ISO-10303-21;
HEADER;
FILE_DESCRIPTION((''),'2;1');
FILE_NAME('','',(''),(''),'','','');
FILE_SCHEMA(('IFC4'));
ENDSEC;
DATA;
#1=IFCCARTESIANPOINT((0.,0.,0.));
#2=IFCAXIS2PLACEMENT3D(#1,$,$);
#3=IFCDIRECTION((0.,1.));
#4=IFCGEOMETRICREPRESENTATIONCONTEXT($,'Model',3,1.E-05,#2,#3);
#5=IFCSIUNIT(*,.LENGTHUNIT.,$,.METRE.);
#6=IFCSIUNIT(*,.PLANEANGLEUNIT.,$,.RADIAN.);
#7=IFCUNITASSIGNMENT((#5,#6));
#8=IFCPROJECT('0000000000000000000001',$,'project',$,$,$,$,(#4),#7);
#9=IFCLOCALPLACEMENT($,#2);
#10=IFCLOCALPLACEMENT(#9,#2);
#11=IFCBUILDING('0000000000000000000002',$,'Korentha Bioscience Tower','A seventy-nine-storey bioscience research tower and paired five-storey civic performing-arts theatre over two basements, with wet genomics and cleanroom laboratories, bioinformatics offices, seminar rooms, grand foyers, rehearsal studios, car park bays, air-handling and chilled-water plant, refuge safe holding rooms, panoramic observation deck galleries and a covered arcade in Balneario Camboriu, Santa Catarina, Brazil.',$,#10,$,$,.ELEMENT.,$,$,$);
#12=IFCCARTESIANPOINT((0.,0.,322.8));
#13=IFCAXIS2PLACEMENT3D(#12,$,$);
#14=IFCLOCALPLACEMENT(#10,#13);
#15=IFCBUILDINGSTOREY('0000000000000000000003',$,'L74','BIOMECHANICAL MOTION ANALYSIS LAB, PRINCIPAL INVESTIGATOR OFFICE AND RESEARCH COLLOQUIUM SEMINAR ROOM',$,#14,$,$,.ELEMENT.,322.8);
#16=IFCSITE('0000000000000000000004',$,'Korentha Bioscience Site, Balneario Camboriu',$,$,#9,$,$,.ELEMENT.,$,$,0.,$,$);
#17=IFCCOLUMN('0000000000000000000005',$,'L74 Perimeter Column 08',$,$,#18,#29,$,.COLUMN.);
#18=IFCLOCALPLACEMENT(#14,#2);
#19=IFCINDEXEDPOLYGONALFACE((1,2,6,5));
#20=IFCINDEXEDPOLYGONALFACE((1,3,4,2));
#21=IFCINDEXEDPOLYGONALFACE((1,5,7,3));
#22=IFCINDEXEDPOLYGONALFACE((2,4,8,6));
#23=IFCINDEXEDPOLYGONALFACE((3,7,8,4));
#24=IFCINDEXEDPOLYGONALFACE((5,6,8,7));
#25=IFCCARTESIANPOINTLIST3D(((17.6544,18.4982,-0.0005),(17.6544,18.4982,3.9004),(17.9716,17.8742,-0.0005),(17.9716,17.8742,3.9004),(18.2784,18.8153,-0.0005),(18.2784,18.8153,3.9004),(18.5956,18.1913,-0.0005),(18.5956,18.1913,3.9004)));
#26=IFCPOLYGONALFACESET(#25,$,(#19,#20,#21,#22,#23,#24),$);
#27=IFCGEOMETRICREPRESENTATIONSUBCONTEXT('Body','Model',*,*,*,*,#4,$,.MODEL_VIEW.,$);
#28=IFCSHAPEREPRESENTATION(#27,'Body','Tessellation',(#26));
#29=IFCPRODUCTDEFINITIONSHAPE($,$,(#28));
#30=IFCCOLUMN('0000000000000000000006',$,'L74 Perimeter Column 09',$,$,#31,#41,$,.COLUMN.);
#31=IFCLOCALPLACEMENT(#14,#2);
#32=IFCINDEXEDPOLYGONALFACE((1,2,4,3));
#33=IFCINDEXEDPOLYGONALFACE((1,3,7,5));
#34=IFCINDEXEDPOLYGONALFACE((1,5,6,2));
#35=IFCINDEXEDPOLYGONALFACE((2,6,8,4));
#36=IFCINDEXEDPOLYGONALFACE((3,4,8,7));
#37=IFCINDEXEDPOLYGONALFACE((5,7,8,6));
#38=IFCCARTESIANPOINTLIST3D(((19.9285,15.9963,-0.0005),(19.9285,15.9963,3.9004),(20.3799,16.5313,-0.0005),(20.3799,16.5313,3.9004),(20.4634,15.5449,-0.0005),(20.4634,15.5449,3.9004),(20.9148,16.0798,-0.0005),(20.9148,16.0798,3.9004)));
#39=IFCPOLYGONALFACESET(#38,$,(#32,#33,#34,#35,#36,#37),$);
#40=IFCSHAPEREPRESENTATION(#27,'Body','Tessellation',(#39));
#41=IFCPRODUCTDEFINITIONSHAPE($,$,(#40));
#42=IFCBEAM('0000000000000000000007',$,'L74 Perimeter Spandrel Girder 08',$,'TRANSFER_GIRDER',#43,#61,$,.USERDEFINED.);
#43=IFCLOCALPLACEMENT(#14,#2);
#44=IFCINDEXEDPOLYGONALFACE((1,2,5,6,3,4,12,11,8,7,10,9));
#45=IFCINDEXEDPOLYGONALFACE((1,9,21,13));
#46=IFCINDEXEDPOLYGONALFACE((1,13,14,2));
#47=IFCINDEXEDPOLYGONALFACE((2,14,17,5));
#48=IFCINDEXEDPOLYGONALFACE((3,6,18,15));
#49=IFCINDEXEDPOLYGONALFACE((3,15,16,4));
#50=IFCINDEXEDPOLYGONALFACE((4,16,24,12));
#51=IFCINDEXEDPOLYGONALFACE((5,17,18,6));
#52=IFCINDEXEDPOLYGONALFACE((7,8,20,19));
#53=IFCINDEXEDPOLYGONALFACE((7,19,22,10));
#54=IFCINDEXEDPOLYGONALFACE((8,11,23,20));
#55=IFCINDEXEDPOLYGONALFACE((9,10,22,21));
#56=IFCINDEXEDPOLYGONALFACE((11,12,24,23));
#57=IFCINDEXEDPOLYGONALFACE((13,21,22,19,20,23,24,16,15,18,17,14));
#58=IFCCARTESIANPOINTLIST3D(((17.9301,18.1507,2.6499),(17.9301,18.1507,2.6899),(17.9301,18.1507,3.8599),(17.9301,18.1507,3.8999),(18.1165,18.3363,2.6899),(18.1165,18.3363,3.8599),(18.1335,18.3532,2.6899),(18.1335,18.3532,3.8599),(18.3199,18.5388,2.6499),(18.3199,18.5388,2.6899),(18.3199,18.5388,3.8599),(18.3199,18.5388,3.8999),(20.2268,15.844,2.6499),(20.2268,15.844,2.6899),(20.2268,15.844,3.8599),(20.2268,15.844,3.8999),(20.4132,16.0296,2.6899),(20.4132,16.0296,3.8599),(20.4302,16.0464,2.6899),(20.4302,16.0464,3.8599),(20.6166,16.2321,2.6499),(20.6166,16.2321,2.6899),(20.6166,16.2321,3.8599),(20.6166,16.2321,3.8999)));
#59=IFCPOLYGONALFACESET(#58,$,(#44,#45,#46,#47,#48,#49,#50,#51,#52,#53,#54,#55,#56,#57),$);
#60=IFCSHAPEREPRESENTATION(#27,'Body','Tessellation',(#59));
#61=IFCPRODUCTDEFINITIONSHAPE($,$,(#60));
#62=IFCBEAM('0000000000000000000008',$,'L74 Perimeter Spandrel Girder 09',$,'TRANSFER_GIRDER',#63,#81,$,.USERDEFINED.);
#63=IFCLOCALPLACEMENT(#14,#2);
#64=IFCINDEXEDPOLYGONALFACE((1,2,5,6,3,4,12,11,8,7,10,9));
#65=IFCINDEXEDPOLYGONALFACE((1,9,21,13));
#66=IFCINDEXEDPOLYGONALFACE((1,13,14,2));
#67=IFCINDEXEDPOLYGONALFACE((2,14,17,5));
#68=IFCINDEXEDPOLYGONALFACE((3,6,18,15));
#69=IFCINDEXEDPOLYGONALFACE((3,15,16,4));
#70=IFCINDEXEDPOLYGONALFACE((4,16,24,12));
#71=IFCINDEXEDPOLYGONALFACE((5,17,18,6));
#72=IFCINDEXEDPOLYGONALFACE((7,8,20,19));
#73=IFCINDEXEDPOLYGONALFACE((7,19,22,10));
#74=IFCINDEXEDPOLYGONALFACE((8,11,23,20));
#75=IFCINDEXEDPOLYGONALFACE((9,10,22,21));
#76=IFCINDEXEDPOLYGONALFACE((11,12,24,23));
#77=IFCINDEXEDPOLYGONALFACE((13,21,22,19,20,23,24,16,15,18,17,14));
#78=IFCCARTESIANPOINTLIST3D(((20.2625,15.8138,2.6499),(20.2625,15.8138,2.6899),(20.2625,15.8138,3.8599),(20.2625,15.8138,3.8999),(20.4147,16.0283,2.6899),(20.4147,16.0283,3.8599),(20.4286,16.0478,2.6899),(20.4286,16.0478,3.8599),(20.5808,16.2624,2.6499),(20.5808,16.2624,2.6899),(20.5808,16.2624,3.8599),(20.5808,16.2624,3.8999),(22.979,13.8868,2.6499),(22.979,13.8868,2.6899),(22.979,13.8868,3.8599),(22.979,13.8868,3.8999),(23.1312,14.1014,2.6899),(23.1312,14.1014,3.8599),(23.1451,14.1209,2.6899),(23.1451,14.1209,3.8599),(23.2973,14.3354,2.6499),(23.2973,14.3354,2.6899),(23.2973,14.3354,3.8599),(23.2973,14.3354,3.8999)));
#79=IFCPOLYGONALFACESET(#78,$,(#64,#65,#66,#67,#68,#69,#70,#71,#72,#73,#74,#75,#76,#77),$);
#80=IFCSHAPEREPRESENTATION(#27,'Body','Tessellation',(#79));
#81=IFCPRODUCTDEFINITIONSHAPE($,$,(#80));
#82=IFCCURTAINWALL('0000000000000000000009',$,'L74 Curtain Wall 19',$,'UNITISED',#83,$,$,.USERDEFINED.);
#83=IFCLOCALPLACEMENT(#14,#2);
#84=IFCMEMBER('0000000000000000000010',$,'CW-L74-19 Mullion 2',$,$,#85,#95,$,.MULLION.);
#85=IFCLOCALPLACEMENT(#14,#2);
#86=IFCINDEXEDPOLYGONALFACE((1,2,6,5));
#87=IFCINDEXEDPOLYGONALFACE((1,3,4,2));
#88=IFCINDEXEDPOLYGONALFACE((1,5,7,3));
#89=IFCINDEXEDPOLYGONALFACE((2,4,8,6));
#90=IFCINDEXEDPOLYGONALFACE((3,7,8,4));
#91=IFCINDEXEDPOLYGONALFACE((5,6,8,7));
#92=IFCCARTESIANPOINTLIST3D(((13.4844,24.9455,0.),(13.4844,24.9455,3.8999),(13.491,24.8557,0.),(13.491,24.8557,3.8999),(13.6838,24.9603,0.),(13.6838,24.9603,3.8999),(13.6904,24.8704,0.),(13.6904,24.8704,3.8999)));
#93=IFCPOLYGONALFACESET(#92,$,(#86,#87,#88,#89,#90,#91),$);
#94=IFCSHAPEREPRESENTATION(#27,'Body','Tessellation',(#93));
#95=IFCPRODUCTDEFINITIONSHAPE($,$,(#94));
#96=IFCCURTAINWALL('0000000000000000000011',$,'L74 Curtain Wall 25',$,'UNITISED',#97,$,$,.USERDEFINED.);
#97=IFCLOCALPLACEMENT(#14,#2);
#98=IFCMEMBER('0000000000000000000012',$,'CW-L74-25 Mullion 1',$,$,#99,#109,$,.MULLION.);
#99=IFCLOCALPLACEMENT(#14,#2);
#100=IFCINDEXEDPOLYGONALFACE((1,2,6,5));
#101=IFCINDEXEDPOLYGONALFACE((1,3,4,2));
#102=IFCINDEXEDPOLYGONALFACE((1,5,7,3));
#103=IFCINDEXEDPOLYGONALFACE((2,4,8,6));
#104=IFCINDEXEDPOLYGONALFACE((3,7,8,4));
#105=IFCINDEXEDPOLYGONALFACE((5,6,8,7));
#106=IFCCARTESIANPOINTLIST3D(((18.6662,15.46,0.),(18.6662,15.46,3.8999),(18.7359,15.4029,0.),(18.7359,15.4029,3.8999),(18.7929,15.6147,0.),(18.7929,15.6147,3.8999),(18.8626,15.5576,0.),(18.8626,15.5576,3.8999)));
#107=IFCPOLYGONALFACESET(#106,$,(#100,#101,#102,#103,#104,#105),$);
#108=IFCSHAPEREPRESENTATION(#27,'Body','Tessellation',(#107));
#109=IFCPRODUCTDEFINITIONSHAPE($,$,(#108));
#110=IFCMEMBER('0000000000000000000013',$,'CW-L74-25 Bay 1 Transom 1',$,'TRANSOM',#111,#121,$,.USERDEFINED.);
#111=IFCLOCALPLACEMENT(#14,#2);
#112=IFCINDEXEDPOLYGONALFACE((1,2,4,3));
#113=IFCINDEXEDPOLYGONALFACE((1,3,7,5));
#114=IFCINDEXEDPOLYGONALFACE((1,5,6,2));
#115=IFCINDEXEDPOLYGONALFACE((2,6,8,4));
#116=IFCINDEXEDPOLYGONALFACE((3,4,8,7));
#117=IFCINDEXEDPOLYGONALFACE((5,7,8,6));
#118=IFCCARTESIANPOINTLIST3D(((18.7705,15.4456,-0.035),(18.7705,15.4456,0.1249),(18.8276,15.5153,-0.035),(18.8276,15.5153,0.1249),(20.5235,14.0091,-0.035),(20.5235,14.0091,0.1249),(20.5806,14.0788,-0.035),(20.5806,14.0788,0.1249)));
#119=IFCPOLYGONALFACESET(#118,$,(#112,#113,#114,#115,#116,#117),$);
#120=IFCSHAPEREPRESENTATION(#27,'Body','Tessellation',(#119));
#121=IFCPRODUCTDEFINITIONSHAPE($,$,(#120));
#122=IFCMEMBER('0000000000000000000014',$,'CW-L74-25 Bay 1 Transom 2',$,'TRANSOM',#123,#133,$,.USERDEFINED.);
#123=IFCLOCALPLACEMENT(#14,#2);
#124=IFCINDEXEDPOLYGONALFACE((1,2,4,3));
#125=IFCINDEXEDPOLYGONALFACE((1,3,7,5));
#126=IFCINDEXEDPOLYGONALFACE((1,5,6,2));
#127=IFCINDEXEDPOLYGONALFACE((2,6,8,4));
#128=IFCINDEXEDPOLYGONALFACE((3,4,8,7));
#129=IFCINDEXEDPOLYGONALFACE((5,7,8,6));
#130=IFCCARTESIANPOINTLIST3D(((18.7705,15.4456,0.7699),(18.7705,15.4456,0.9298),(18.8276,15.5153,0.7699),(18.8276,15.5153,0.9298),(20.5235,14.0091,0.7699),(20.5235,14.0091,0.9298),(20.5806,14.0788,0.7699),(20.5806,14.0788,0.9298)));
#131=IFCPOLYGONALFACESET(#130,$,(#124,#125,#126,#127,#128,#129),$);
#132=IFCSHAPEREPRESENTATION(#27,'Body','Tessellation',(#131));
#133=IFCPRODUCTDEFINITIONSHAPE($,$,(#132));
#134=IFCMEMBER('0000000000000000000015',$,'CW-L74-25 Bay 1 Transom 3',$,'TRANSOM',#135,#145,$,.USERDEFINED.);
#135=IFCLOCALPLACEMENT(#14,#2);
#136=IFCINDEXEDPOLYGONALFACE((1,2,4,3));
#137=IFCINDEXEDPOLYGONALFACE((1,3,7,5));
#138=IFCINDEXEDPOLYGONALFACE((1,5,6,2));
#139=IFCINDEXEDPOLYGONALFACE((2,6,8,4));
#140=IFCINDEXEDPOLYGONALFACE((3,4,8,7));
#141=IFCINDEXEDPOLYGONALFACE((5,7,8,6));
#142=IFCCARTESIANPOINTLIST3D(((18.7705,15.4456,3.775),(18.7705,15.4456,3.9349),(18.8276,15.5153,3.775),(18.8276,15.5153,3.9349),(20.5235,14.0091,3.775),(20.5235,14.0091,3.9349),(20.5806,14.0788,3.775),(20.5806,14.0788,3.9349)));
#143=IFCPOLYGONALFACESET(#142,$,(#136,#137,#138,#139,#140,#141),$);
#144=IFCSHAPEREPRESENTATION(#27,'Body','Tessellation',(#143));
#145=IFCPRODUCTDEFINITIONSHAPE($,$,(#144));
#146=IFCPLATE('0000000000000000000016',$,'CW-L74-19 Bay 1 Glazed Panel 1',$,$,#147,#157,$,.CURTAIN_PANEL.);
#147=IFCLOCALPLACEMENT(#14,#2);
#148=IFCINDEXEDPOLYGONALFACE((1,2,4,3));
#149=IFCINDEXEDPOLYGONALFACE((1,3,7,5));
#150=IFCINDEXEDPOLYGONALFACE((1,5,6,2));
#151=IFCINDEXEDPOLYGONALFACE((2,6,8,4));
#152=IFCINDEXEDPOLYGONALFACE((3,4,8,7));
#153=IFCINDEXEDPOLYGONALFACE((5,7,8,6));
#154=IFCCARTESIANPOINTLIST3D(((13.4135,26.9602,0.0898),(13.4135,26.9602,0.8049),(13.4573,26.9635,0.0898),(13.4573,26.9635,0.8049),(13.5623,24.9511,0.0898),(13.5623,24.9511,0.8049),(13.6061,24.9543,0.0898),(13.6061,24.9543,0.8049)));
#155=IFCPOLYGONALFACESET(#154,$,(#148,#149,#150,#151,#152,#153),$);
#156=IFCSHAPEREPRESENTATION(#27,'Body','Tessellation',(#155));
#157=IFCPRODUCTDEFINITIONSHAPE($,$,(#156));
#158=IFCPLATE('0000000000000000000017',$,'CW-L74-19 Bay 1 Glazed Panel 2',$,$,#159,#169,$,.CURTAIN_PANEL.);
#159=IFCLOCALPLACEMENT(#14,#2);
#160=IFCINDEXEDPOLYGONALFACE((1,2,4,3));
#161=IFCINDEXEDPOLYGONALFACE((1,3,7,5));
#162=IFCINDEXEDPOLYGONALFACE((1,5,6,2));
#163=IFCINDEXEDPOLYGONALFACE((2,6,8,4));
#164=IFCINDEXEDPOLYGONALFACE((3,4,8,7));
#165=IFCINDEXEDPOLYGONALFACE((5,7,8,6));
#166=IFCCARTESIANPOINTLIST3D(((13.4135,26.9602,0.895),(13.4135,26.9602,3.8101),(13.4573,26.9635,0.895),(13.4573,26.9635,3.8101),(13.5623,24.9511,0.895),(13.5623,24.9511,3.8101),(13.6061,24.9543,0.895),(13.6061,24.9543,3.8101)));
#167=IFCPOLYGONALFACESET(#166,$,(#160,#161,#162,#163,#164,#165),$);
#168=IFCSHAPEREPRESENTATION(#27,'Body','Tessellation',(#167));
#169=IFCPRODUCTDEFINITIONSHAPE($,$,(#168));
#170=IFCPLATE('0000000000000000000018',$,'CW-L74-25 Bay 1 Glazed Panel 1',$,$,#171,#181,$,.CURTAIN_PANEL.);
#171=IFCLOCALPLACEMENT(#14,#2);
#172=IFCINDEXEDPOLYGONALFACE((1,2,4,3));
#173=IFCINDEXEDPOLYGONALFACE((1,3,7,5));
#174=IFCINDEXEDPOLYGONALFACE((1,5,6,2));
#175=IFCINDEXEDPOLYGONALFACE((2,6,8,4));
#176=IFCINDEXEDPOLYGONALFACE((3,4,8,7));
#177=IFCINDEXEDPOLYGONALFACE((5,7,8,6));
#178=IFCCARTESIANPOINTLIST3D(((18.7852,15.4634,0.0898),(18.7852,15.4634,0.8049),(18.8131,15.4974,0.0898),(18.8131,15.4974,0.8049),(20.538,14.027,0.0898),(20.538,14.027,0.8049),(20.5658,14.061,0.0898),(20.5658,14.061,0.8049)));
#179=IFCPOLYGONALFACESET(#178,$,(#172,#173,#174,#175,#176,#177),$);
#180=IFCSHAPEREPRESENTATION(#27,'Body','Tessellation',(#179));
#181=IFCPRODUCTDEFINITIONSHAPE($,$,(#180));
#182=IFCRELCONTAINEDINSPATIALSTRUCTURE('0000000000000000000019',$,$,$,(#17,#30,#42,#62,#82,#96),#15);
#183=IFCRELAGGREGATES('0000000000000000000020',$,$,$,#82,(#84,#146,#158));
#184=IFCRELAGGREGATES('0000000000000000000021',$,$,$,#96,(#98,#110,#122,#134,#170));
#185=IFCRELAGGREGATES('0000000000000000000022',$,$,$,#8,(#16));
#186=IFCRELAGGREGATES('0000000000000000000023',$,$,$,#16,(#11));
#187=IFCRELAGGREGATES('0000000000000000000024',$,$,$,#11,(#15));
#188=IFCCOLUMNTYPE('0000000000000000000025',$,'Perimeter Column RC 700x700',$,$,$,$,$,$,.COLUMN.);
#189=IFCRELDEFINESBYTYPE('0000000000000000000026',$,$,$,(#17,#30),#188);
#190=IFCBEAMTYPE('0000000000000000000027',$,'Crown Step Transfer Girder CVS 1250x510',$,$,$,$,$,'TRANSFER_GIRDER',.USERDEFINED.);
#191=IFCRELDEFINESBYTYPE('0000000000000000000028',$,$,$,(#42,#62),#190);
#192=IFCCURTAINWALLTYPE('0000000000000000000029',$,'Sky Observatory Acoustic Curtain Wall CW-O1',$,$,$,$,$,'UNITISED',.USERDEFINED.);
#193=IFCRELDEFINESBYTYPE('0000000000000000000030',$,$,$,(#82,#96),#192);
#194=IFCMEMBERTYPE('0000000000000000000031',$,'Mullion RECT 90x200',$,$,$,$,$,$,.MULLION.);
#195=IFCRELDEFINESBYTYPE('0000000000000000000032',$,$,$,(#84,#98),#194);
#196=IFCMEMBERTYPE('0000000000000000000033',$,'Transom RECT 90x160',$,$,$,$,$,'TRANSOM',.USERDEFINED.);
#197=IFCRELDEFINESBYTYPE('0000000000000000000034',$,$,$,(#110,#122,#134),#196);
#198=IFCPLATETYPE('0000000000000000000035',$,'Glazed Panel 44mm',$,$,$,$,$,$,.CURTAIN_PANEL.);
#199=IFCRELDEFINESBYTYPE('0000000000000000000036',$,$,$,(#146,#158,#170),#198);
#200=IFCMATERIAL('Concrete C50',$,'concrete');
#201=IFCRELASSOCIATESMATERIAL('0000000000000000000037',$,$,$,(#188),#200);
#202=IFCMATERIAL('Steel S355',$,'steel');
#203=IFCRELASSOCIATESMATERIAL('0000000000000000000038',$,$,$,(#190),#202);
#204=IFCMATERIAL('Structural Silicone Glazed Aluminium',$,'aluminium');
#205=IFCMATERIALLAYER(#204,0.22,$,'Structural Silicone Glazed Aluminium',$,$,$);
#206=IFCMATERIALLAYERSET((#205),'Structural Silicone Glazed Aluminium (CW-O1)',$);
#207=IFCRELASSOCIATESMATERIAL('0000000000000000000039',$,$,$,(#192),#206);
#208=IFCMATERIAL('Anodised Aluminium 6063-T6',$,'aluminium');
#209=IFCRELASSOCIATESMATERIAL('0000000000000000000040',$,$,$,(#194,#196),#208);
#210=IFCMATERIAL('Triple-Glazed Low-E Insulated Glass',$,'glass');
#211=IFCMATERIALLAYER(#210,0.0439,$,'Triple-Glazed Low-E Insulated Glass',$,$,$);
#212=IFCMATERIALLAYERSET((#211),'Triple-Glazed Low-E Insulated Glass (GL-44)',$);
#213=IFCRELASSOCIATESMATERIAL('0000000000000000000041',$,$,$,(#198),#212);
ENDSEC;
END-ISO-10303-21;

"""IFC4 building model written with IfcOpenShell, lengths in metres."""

from ifc_helpers import new_model, si_unit, direction, frame, origin, origin_2d, place, context, subcontext, project, spatial, rectangle, i_section, extrude, material, layer, layer_set, material_profile, profile_set, type_object, element, aggregate, save


model = new_model("IFC4")

# Units and contexts
model_context = context("Model", 3, precision=1e-05, world=origin(), true_north=direction((0.0, 1.0)))
body_context = subcontext(model_context, "Body", "Model", "MODEL_VIEW")
ifc_project = project(units=[si_unit("LENGTHUNIT", "METRE"), si_unit("PLANEANGLEUNIT", "RADIAN")], contexts=[model_context])

# Site, building, storey
site_placement = place(None, origin())
site = spatial("IfcSite", under=ifc_project, at=site_placement, Name="Korentha Bioscience Site, Balneario Camboriu", CompositionType="ELEMENT", RefElevation=0.0)
building_placement = place(site_placement, origin())
building = spatial("IfcBuilding", under=site, at=building_placement, Name="Korentha Bioscience Tower", Description="A seventy-nine-storey bioscience research tower and paired five-storey civic performing-arts theatre over two basements, with wet genomics and cleanroom laboratories, bioinformatics offices, seminar rooms, grand foyers, rehearsal studios, car park bays, air-handling and chilled-water plant, refuge safe holding rooms, panoramic observation deck galleries and a covered arcade in Balneario Camboriu, Santa Catarina, Brazil.", CompositionType="ELEMENT")
storey_placement = place(building_placement, frame((0.0, 0.0, 322.8)))
storey = spatial("IfcBuildingStorey", under=building, at=storey_placement, Name="L74", Description="BIOMECHANICAL MOTION ANALYSIS LAB, PRINCIPAL INVESTIGATOR OFFICE AND RESEARCH COLLOQUIUM SEMINAR ROOM", CompositionType="ELEMENT", Elevation=322.8)

# Columns
ifc_material_1 = material(Name="Concrete C50", Category="concrete")
ifc_material_profile_1 = material_profile(ifc_material_1, rectangle(XDim=0.7, YDim=0.7, at=origin_2d()), Name="Concrete C50")
ifc_profile_set_1 = profile_set([ifc_material_profile_1], Name="Concrete C50 (COL-P07)")
column_type = type_object("IfcColumnType", Name="Perimeter Column RC 700x700", PredefinedType="COLUMN", material=ifc_profile_set_1)
for number, where, z_axis, x_axis, name in (
    (1, (18.125, 18.3447, -0.0005), (0.0, 0.0, 1.0), (-0.453057, 0.891481, 0.0), "L74 Perimeter Column 08"),
    (2, (20.4216, 16.0381, -0.0005), (0.0, 0.0, 1.0), (-0.764246, 0.644924, 0.0), "L74 Perimeter Column 09"),
):
    element("IfcColumn", number, at=place(storey_placement, frame(where, z_axis=z_axis, x_axis=x_axis)), inside=storey, type_object=column_type, Name=name, PredefinedType="COLUMN", context=body_context, shape_type="SweptSolid", body=[
        extrude(rectangle(XDim=0.7, YDim=0.7, at=origin_2d()), origin(), (0.0, 0.0, 1.0), 3.9009),
    ])

# Beams
ifc_material_2 = material(Name="Steel S355", Category="steel")
ifc_material_profile_2 = material_profile(ifc_material_2, i_section(OverallWidth=0.55, OverallDepth=1.25, WebThickness=0.0239, FlangeThickness=0.04, at=origin_2d()), Name="Steel S355")
ifc_profile_set_2 = profile_set([ifc_material_profile_2], Name="Steel S355 (TG-03)")
beam_type = type_object("IfcBeamType", Name="Crown Step Transfer Girder CVS 1250x510", ElementType="TRANSFER_GIRDER", PredefinedType="USERDEFINED", material=ifc_profile_set_2)
beam_1_placement = place(storey_placement, frame((18.125, 18.3447, 3.2749), z_axis=(0.705568, -0.708643, 0.0), x_axis=(0.708643, 0.705568, 0.0)))
element("IfcBeam", 3, at=beam_1_placement, inside=storey, type_object=beam_type, Name="L74 Perimeter Spandrel Girder 08", ObjectType="TRANSFER_GIRDER", PredefinedType="USERDEFINED", context=body_context, shape_type="SweptSolid", body=[
    extrude(i_section(OverallWidth=0.55, OverallDepth=1.25, WebThickness=0.0239, FlangeThickness=0.04, at=origin_2d()), origin(), (0.0, 0.0, 1.0), 3.2551),
])
beam_2_placement = place(storey_placement, frame((20.4216, 16.0381, 3.2749), z_axis=(0.815631, -0.578572, 0.0), x_axis=(0.578572, 0.815631, 0.0)))
element("IfcBeam", 4, at=beam_2_placement, inside=storey, type_object=beam_type, Name="L74 Perimeter Spandrel Girder 09", ObjectType="TRANSFER_GIRDER", PredefinedType="USERDEFINED", context=body_context, shape_type="SweptSolid", body=[
    extrude(i_section(OverallWidth=0.55, OverallDepth=1.25, WebThickness=0.0239, FlangeThickness=0.04, at=origin_2d()), origin(), (0.0, 0.0, 1.0), 3.3306),
])

# Curtain wall, member
ifc_material_3 = material(Name="Structural Silicone Glazed Aluminium", Category="aluminium")
ifc_layer_1 = layer(ifc_material_3, 0.22, Name="Structural Silicone Glazed Aluminium")
ifc_layer_set_1 = layer_set([ifc_layer_1], Name="Structural Silicone Glazed Aluminium (CW-O1)")
curtain_wall_type = type_object("IfcCurtainWallType", Name="Sky Observatory Acoustic Curtain Wall CW-O1", ElementType="UNITISED", PredefinedType="USERDEFINED", material=ifc_layer_set_1)
curtain_wall_1_placement = place(storey_placement, origin())
curtain_wall_1 = element("IfcCurtainWall", 5, at=curtain_wall_1_placement, inside=storey, type_object=curtain_wall_type, Name="L74 Curtain Wall 19", ObjectType="UNITISED", PredefinedType="USERDEFINED")
ifc_material_4 = material(Name="Anodised Aluminium 6063-T6", Category="aluminium")
ifc_material_profile_3 = material_profile(ifc_material_4, rectangle(XDim=0.0901, YDim=0.2, at=origin_2d()), Name="Anodised Aluminium 6063-T6")
ifc_profile_set_3 = profile_set([ifc_material_profile_3], Name="Anodised Aluminium 6063-T6 (CW-MUL)")
member_type_1 = type_object("IfcMemberType", Name="Mullion RECT 90x200", PredefinedType="MULLION", material=ifc_profile_set_3)
member_1_placement = place(storey_placement, frame((13.5874, 24.908, 0.0), z_axis=(0.0, 0.0, 1.0), x_axis=(0.07386, -0.997269, 0.0)))
member_1 = element("IfcMember", 6, at=member_1_placement, type_object=member_type_1, Name="CW-L74-19 Mullion 2", PredefinedType="MULLION", context=body_context, shape_type="SweptSolid", body=[
    extrude(rectangle(XDim=0.0901, YDim=0.2, at=origin_2d()), origin(), (0.0, 0.0, 1.0), 3.8999),
])

# Curtain wall, members
curtain_wall_2_placement = place(storey_placement, origin())
curtain_wall_2 = element("IfcCurtainWall", 7, at=curtain_wall_2_placement, inside=storey, type_object=curtain_wall_type, Name="L74 Curtain Wall 25", ObjectType="UNITISED", PredefinedType="USERDEFINED")
member_2_placement = place(storey_placement, frame((18.7644, 15.5088, 0.0), z_axis=(0.0, 0.0, 1.0), x_axis=(0.773456, -0.63385, 0.0)))
member_2 = element("IfcMember", 8, at=member_2_placement, type_object=member_type_1, Name="CW-L74-25 Mullion 1", PredefinedType="MULLION", context=body_context, shape_type="SweptSolid", body=[
    extrude(rectangle(XDim=0.0901, YDim=0.2, at=origin_2d()), origin(), (0.0, 0.0, 1.0), 3.8999),
])
ifc_material_profile_4 = material_profile(ifc_material_4, rectangle(XDim=0.0901, YDim=0.1599, at=origin_2d()), Name="Anodised Aluminium 6063-T6")
ifc_profile_set_4 = profile_set([ifc_material_profile_4], Name="Anodised Aluminium 6063-T6 (CW-TRN)")
member_type_2 = type_object("IfcMemberType", Name="Transom RECT 90x160", ElementType="TRANSOM", PredefinedType="USERDEFINED", material=ifc_profile_set_4)
member_3_placement = place(storey_placement, frame((18.7991, 15.4805, 0.0449), z_axis=(0.773458, -0.633848, 0.0), x_axis=(0.633848, 0.773458, 0.0)))
member_3 = element("IfcMember", 9, at=member_3_placement, type_object=member_type_2, Name="CW-L74-25 Bay 1 Transom 1", ObjectType="TRANSOM", PredefinedType="USERDEFINED", context=body_context, shape_type="SweptSolid", body=[
    extrude(rectangle(XDim=0.0901, YDim=0.1599, at=origin_2d()), origin(), (0.0, 0.0, 1.0), 2.2664),
])
member_4_placement = place(storey_placement, frame((18.7991, 15.4805, 0.8499), z_axis=(0.773458, -0.633848, 0.0), x_axis=(0.633848, 0.773458, 0.0)))
member_4 = element("IfcMember", 10, at=member_4_placement, type_object=member_type_2, Name="CW-L74-25 Bay 1 Transom 2", ObjectType="TRANSOM", PredefinedType="USERDEFINED", context=body_context, shape_type="SweptSolid", body=[
    extrude(rectangle(XDim=0.0901, YDim=0.1599, at=origin_2d()), origin(), (0.0, 0.0, 1.0), 2.2664),
])
member_5_placement = place(storey_placement, frame((18.7991, 15.4805, 3.855), z_axis=(0.773458, -0.633848, 0.0), x_axis=(0.633848, 0.773458, 0.0)))
member_5 = element("IfcMember", 11, at=member_5_placement, type_object=member_type_2, Name="CW-L74-25 Bay 1 Transom 3", ObjectType="TRANSOM", PredefinedType="USERDEFINED", context=body_context, shape_type="SweptSolid", body=[
    extrude(rectangle(XDim=0.0901, YDim=0.1599, at=origin_2d()), origin(), (0.0, 0.0, 1.0), 2.2664),
])

# Plates
ifc_material_5 = material(Name="Triple-Glazed Low-E Insulated Glass", Category="glass")
ifc_layer_2 = layer(ifc_material_5, 0.0439, Name="Triple-Glazed Low-E Insulated Glass")
ifc_layer_set_2 = layer_set([ifc_layer_2], Name="Triple-Glazed Low-E Insulated Glass (GL-44)")
plate_type = type_object("IfcPlateType", Name="Glazed Panel 44mm", PredefinedType="CURTAIN_PANEL", material=ifc_layer_set_2)
plate_1_placement = place(storey_placement, frame((13.5098, 25.9573, 0.0898), z_axis=(0.0, 0.0, 1.0), x_axis=(0.07386, -0.997269, 0.0)))
plate_1 = element("IfcPlate", 12, at=plate_1_placement, type_object=plate_type, Name="CW-L74-19 Bay 1 Glazed Panel 1", PredefinedType="CURTAIN_PANEL", context=body_context, shape_type="SweptSolid", body=[
    extrude(rectangle(XDim=2.0146, YDim=0.0439, at=origin_2d()), origin(), (0.0, 0.0, 1.0), 0.7151),
])
plate_2_placement = place(storey_placement, frame((13.5098, 25.9573, 0.895), z_axis=(0.0, 0.0, 1.0), x_axis=(0.07386, -0.997269, 0.0)))
plate_2 = element("IfcPlate", 13, at=plate_2_placement, type_object=plate_type, Name="CW-L74-19 Bay 1 Glazed Panel 2", PredefinedType="CURTAIN_PANEL", context=body_context, shape_type="SweptSolid", body=[
    extrude(rectangle(XDim=2.0146, YDim=0.0439, at=origin_2d()), origin(), (0.0, 0.0, 1.0), 2.915),
])
aggregate(curtain_wall_1, [member_1, plate_1, plate_2])
plate_3_placement = place(storey_placement, frame((19.6755, 14.7622, 0.0898), z_axis=(0.0, 0.0, 1.0), x_axis=(0.773456, -0.63385, 0.0)))
plate_3 = element("IfcPlate", 14, at=plate_3_placement, type_object=plate_type, Name="CW-L74-25 Bay 1 Glazed Panel 1", PredefinedType="CURTAIN_PANEL", context=body_context, shape_type="SweptSolid", body=[
    extrude(rectangle(XDim=2.2661, YDim=0.0439, at=origin_2d()), origin(), (0.0, 0.0, 1.0), 0.7151),
])
aggregate(curtain_wall_2, [member_2, member_3, member_4, member_5, plate_3])

save(model, "model.ifc")
